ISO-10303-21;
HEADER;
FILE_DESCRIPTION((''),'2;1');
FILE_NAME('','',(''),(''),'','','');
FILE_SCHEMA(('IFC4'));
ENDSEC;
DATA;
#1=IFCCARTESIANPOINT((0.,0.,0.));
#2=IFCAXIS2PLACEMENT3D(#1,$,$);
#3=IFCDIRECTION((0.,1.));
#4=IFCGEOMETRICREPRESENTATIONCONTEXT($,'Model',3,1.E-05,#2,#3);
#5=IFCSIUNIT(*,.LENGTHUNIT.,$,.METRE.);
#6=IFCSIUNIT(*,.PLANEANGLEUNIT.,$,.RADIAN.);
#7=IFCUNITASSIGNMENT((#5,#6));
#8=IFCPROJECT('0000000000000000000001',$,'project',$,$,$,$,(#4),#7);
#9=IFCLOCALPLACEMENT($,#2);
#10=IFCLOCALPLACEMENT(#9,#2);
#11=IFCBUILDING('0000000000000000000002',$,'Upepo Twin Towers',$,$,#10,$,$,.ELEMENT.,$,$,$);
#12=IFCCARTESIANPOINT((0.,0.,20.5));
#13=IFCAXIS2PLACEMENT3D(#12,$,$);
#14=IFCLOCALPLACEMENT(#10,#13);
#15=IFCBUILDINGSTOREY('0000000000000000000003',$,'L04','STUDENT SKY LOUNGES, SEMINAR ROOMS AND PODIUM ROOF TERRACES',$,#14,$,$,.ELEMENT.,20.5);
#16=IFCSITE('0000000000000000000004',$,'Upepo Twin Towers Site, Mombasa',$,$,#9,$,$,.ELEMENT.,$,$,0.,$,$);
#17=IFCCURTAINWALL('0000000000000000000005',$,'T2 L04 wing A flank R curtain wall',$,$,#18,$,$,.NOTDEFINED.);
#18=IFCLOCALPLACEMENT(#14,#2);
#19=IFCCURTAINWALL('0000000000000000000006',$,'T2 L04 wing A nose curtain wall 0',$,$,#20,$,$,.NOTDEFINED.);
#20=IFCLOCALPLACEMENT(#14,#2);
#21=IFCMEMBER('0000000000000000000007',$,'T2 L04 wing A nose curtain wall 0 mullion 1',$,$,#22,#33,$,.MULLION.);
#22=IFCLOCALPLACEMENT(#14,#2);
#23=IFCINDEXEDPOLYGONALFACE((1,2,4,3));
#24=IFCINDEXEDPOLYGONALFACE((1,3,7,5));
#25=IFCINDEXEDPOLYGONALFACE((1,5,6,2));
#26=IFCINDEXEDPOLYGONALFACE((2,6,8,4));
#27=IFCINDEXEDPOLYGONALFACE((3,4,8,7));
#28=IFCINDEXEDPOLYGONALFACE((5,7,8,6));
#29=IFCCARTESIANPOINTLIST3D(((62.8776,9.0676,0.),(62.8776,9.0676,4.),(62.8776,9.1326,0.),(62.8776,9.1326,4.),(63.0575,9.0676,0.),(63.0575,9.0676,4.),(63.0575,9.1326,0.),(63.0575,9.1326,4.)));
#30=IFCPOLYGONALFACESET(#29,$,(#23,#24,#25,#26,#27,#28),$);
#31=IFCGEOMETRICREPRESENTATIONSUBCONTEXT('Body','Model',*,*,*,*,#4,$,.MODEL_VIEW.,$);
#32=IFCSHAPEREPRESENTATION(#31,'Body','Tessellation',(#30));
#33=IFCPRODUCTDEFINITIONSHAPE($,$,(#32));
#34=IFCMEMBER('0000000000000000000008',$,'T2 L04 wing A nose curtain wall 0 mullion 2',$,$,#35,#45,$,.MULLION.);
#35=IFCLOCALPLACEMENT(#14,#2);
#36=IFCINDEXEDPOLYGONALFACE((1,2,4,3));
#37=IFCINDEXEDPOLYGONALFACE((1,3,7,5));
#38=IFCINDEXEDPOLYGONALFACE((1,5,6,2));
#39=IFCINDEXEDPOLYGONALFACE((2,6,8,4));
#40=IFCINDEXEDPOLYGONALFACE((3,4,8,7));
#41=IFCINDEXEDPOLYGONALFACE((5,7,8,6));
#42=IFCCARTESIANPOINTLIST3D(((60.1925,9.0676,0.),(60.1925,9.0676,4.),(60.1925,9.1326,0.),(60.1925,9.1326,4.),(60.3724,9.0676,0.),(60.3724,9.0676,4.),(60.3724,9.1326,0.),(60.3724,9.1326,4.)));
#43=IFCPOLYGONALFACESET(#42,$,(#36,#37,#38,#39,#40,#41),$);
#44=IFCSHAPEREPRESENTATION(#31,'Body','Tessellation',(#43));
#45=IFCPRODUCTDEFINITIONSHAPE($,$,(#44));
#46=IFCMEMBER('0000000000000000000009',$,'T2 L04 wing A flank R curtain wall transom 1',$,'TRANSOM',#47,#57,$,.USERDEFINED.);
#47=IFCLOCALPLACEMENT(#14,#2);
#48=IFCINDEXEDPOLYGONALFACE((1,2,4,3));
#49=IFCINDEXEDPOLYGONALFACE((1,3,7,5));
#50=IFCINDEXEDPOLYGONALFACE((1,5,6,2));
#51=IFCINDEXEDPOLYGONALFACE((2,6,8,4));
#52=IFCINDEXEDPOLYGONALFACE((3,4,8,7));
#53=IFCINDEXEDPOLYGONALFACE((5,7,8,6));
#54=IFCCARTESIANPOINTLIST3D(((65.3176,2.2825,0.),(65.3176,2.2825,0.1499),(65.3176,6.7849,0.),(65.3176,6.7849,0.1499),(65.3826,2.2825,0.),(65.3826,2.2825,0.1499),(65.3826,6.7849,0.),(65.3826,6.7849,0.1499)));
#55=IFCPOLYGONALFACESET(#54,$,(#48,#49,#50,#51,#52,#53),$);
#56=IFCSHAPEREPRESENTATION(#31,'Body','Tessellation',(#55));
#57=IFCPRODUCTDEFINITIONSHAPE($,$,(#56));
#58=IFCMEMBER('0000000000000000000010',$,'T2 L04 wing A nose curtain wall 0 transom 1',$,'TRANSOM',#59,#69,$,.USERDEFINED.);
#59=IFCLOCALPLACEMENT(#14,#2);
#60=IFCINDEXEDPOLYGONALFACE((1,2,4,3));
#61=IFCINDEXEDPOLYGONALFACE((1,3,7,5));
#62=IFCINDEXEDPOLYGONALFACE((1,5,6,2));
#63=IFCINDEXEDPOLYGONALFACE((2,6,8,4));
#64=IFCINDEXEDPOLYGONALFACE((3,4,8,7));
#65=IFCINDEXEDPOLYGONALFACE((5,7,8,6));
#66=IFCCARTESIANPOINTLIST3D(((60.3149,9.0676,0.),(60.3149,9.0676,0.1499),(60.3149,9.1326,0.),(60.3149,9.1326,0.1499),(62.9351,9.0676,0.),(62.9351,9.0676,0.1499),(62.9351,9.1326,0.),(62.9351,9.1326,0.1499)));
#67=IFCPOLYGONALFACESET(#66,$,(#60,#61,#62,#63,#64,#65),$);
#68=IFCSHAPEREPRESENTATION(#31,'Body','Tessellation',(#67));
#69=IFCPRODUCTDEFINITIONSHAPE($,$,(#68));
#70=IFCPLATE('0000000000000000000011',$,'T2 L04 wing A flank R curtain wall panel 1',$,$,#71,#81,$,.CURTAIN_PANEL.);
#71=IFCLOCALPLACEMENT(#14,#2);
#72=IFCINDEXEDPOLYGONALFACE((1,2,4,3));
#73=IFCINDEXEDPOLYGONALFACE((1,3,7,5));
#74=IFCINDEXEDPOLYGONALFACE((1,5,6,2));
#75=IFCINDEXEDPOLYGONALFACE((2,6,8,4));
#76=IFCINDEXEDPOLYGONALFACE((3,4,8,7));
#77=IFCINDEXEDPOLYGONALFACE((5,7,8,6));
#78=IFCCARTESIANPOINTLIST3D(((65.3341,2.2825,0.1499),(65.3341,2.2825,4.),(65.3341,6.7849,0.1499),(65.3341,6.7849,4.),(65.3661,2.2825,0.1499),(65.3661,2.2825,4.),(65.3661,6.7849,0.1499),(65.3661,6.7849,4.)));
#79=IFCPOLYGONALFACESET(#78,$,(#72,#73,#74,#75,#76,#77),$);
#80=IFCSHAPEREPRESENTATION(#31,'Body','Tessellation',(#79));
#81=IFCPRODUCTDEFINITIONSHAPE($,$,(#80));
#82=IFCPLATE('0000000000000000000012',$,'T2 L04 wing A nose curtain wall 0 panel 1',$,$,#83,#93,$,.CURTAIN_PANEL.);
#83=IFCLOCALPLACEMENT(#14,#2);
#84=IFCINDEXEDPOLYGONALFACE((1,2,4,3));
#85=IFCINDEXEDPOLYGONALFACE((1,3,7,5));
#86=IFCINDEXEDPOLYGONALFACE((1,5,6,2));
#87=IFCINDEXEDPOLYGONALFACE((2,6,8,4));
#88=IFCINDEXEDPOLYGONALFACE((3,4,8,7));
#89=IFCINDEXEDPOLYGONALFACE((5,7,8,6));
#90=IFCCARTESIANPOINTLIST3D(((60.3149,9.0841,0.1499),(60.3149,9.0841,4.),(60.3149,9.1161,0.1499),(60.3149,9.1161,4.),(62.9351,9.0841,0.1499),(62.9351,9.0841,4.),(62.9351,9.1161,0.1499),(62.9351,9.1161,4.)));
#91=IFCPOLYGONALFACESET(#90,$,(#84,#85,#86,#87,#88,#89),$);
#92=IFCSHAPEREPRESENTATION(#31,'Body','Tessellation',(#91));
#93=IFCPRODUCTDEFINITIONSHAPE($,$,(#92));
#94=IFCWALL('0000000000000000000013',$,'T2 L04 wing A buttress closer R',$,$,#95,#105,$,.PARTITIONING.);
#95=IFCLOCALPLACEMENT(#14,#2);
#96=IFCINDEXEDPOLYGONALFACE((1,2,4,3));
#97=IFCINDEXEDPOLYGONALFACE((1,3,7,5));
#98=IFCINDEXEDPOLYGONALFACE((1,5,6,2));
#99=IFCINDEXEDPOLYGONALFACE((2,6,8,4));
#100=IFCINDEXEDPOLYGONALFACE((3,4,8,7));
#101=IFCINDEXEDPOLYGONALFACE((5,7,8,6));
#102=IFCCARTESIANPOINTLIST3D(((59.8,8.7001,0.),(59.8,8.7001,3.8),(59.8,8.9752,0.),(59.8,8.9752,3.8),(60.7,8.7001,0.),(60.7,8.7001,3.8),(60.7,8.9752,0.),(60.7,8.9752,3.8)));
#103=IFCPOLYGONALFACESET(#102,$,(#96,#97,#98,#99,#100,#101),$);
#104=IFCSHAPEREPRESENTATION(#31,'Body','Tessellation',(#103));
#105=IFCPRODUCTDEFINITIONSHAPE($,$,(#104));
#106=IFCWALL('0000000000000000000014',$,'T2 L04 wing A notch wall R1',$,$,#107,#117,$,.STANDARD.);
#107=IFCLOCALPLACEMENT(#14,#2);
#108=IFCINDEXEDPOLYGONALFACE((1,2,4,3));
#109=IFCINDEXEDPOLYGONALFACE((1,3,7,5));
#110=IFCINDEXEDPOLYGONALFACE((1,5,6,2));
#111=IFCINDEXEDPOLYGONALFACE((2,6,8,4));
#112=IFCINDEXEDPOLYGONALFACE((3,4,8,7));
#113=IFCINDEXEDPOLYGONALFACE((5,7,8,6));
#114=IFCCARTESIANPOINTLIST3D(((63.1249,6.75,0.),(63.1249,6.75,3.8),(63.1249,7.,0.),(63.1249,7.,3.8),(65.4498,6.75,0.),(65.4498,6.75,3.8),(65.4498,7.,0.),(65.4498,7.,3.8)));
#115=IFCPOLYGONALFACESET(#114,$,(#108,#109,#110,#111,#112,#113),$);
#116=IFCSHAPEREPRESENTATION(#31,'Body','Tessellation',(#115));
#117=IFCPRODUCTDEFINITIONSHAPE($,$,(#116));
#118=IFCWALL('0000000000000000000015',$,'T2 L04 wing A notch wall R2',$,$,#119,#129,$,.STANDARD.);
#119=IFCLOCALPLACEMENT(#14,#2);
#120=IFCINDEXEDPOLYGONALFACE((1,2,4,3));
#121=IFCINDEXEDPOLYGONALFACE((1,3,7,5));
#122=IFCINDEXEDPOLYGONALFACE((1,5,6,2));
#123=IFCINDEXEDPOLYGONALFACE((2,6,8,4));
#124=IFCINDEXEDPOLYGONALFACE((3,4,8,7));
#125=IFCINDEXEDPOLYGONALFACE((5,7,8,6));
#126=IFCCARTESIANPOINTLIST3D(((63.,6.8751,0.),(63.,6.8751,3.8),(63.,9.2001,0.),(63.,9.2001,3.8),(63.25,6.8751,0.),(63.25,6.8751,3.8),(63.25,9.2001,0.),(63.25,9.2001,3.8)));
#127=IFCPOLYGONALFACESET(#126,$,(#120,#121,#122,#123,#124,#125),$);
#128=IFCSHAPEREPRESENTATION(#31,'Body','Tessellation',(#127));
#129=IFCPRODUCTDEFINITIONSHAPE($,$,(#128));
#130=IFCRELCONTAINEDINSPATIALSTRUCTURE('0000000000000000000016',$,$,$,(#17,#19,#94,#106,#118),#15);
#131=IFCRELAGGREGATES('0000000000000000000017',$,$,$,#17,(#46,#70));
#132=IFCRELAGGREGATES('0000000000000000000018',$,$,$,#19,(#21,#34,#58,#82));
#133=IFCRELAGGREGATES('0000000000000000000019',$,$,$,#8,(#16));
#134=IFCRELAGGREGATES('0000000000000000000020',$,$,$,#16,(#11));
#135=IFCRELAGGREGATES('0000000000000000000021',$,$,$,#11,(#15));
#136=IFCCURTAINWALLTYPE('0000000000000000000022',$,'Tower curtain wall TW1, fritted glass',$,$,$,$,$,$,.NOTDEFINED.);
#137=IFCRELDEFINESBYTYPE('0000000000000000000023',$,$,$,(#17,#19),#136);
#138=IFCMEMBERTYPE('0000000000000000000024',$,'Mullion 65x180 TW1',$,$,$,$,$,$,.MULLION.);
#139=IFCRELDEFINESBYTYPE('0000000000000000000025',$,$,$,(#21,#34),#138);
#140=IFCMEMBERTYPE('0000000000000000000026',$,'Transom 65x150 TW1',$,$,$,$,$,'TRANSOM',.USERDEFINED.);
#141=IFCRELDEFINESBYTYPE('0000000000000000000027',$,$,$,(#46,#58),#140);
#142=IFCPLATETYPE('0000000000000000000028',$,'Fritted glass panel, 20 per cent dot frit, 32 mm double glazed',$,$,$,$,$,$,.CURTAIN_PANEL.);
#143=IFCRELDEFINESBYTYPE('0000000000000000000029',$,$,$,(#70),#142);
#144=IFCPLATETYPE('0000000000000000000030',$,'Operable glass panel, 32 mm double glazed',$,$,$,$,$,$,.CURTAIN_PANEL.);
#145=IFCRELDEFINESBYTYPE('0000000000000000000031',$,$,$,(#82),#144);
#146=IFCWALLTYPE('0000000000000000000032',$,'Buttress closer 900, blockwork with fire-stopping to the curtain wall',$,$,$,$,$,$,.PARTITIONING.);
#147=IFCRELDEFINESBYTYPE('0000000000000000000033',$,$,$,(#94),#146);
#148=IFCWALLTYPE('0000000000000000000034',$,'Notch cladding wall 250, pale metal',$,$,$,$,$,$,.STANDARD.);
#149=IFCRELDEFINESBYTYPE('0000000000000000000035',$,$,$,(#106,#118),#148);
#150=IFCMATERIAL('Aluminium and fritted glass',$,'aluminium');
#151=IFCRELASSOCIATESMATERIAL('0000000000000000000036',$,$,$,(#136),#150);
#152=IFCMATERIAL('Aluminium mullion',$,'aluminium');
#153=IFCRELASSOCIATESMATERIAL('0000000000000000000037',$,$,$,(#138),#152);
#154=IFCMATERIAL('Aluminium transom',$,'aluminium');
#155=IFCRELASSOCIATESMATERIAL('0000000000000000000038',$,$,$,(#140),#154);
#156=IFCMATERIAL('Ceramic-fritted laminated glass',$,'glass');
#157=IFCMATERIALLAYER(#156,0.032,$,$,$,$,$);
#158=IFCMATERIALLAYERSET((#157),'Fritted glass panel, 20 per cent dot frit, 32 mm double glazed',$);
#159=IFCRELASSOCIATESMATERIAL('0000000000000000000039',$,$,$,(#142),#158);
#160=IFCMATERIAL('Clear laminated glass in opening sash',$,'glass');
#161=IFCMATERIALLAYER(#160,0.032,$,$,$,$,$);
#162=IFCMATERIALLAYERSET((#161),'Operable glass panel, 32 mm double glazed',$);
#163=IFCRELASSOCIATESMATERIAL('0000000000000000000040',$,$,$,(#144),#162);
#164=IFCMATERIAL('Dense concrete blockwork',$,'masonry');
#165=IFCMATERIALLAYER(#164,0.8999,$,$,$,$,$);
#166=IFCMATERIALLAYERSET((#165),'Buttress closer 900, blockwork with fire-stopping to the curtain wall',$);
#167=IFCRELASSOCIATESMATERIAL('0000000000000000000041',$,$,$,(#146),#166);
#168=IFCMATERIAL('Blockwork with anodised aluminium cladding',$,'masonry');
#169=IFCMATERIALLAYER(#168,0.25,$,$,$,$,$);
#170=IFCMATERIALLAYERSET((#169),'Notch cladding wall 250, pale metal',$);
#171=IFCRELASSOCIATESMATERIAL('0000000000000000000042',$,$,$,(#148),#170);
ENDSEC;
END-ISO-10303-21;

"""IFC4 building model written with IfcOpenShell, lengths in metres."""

from ifc_helpers import new_model, si_unit, direction, frame, frame_2d, origin, origin_2d, place, context, subcontext, project, spatial, rectangle, extrude, material, layer, layer_set, material_profile, profile_set, type_object, element, aggregate, save


model = new_model("IFC4")

# Units and contexts
model_context = context("Model", 3, precision=1e-05, world=origin(), true_north=direction((0.0, 1.0)))
body_context = subcontext(model_context, "Body", "Model", "MODEL_VIEW")
ifc_project = project(units=[si_unit("LENGTHUNIT", "METRE"), si_unit("PLANEANGLEUNIT", "RADIAN")], contexts=[model_context])

# Site, building, storey
site_placement = place(None, origin())
site = spatial("IfcSite", under=ifc_project, at=site_placement, Name="Upepo Twin Towers Site, Mombasa", CompositionType="ELEMENT", RefElevation=0.0)
building_placement = place(site_placement, origin())
building = spatial("IfcBuilding", under=site, at=building_placement, Name="Upepo Twin Towers", CompositionType="ELEMENT")
storey_placement = place(building_placement, frame((0.0, 0.0, 20.5)))
storey = spatial("IfcBuildingStorey", under=building, at=storey_placement, Name="L04", Description="STUDENT SKY LOUNGES, SEMINAR ROOMS AND PODIUM ROOF TERRACES", CompositionType="ELEMENT", Elevation=20.5)

# Curtain wall
ifc_material_1 = material(Name="Aluminium and fritted glass", Category="aluminium")
curtain_wall_type = type_object("IfcCurtainWallType", Name="Tower curtain wall TW1, fritted glass", PredefinedType="NOTDEFINED", material=ifc_material_1)
curtain_wall_1_placement = place(storey_placement, origin())
curtain_wall_1 = element("IfcCurtainWall", 1, at=curtain_wall_1_placement, inside=storey, type_object=curtain_wall_type, Name="T2 L04 wing A flank R curtain wall", PredefinedType="NOTDEFINED")
ifc_material_2 = material(Name="Aluminium mullion", Category="aluminium")
ifc_material_profile_1 = material_profile(ifc_material_2, rectangle(XDim=0.0649, YDim=0.1799, at=origin_2d()), Name="MULLION 65x180")
ifc_profile_set_1 = profile_set([ifc_material_profile_1], Name="Aluminium mullion")
member_type_1 = type_object("IfcMemberType", Name="Mullion 65x180 TW1", PredefinedType="MULLION", material=ifc_profile_set_1)

# Curtain wall, members
curtain_wall_2_placement = place(storey_placement, origin())
curtain_wall_2 = element("IfcCurtainWall", 2, at=curtain_wall_2_placement, inside=storey, type_object=curtain_wall_type, Name="T2 L04 wing A nose curtain wall 0", PredefinedType="NOTDEFINED")
member_1_placement = place(storey_placement, frame((62.9675, 9.1001, 0.0), z_axis=(0.0, 0.0, 1.0), x_axis=(0.0, -1.0, 0.0)))
member_1 = element("IfcMember", 3, at=member_1_placement, type_object=member_type_1, Name="T2 L04 wing A nose curtain wall 0 mullion 1", PredefinedType="MULLION", context=body_context, shape_type="SweptSolid", body=[
    extrude(rectangle(XDim=0.0649, YDim=0.1799, at=origin_2d()), origin(), (0.0, 0.0, 1.0), 4.0),
])
member_2_placement = place(storey_placement, frame((60.2825, 9.1001, 0.0), z_axis=(0.0, 0.0, 1.0), x_axis=(0.0, -1.0, 0.0)))
member_2 = element("IfcMember", 4, at=member_2_placement, type_object=member_type_1, Name="T2 L04 wing A nose curtain wall 0 mullion 2", PredefinedType="MULLION", context=body_context, shape_type="SweptSolid", body=[
    extrude(rectangle(XDim=0.0649, YDim=0.1799, at=origin_2d()), origin(), (0.0, 0.0, 1.0), 4.0),
])

# Members
ifc_material_3 = material(Name="Aluminium transom", Category="aluminium")
ifc_material_profile_2 = material_profile(ifc_material_3, rectangle(XDim=0.0649, YDim=0.1499, at=origin_2d()), Name="TRANSOM 65x150")
ifc_profile_set_2 = profile_set([ifc_material_profile_2], Name="Aluminium transom")
member_type_2 = type_object("IfcMemberType", Name="Transom 65x150 TW1", ElementType="TRANSOM", PredefinedType="USERDEFINED", material=ifc_profile_set_2)
member_3_placement = place(storey_placement, frame((65.3501, 6.7849, 0.075), z_axis=(0.0, -1.0, 0.0), x_axis=(1.0, 0.0, 0.0)))
member_3 = element("IfcMember", 5, at=member_3_placement, type_object=member_type_2, Name="T2 L04 wing A flank R curtain wall transom 1", ObjectType="TRANSOM", PredefinedType="USERDEFINED", context=body_context, shape_type="SweptSolid", body=[
    extrude(rectangle(XDim=0.0649, YDim=0.1499, at=origin_2d()), origin(), (0.0, 0.0, 1.0), 4.5024),
])
member_4_placement = place(storey_placement, frame((62.9351, 9.1001, 0.075), z_axis=(-1.0, 0.0, 0.0), x_axis=(0.0, -1.0, 0.0)))
member_4 = element("IfcMember", 6, at=member_4_placement, type_object=member_type_2, Name="T2 L04 wing A nose curtain wall 0 transom 1", ObjectType="TRANSOM", PredefinedType="USERDEFINED", context=body_context, shape_type="SweptSolid", body=[
    extrude(rectangle(XDim=0.0649, YDim=0.1499, at=origin_2d()), origin(), (0.0, 0.0, 1.0), 2.6201),
])

# Plates
ifc_material_4 = material(Name="Ceramic-fritted laminated glass", Category="glass")
ifc_layer_1 = layer(ifc_material_4, 0.032)
ifc_layer_set_1 = layer_set([ifc_layer_1], Name="Fritted glass panel, 20 per cent dot frit, 32 mm double glazed")
plate_type_1 = type_object("IfcPlateType", Name="Fritted glass panel, 20 per cent dot frit, 32 mm double glazed", PredefinedType="CURTAIN_PANEL", material=ifc_layer_set_1)
plate_1_placement = place(storey_placement, frame((65.3501, 4.5337, 0.1499), z_axis=(0.0, 0.0, 1.0), x_axis=(0.0, -1.0, 0.0)))
plate_1 = element("IfcPlate", 7, at=plate_1_placement, type_object=plate_type_1, Name="T2 L04 wing A flank R curtain wall panel 1", PredefinedType="CURTAIN_PANEL", context=body_context, shape_type="SweptSolid", body=[
    extrude(rectangle(XDim=4.5024, YDim=0.032, at=origin_2d()), origin(), (0.0, 0.0, 1.0), 3.8501),
])
aggregate(curtain_wall_1, [member_3, plate_1])
ifc_material_5 = material(Name="Clear laminated glass in opening sash", Category="glass")
ifc_layer_2 = layer(ifc_material_5, 0.032)
ifc_layer_set_2 = layer_set([ifc_layer_2], Name="Operable glass panel, 32 mm double glazed")
plate_type_2 = type_object("IfcPlateType", Name="Operable glass panel, 32 mm double glazed", PredefinedType="CURTAIN_PANEL", material=ifc_layer_set_2)
plate_2_placement = place(storey_placement, frame((61.625, 9.1001, 0.1499), z_axis=(0.0, 0.0, 1.0), x_axis=(-1.0, 0.0, 0.0)))
plate_2 = element("IfcPlate", 8, at=plate_2_placement, type_object=plate_type_2, Name="T2 L04 wing A nose curtain wall 0 panel 1", PredefinedType="CURTAIN_PANEL", context=body_context, shape_type="SweptSolid", body=[
    extrude(rectangle(XDim=2.6201, YDim=0.032, at=origin_2d()), origin(), (0.0, 0.0, 1.0), 3.8501),
])
aggregate(curtain_wall_2, [member_1, member_2, member_4, plate_2])

# Walls
ifc_material_6 = material(Name="Dense concrete blockwork", Category="masonry")
ifc_layer_3 = layer(ifc_material_6, 0.8999)
ifc_layer_set_3 = layer_set([ifc_layer_3], Name="Buttress closer 900, blockwork with fire-stopping to the curtain wall")
wall_type_1 = type_object("IfcWallType", Name="Buttress closer 900, blockwork with fire-stopping to the curtain wall", PredefinedType="PARTITIONING", material=ifc_layer_set_3)
wall_1_placement = place(storey_placement, frame((60.25, 8.7, 0.0), z_axis=(0.0, 0.0, 1.0), x_axis=(0.0, 1.0, 0.0)))
element("IfcWall", 9, at=wall_1_placement, inside=storey, type_object=wall_type_1, Name="T2 L04 wing A buttress closer R", PredefinedType="PARTITIONING", context=body_context, shape_type="SweptSolid", body=[
    extrude(rectangle(XDim=0.2751, YDim=0.8999, at=frame_2d((0.1377, 0.0))), origin(), (0.0, 0.0, 1.0), 3.8),
])
ifc_material_7 = material(Name="Blockwork with anodised aluminium cladding", Category="masonry")
ifc_layer_4 = layer(ifc_material_7, 0.25)
ifc_layer_set_4 = layer_set([ifc_layer_4], Name="Notch cladding wall 250, pale metal")
wall_type_2 = type_object("IfcWallType", Name="Notch cladding wall 250, pale metal", PredefinedType="STANDARD", material=ifc_layer_set_4)
for number, where, z_axis, x_axis, name in (
    (10, (65.45, 6.875, 0.0), (0.0, 0.0, 1.0), (-1.0, 0.0, 0.0), "T2 L04 wing A notch wall R1"),
    (11, (63.125, 6.875, 0.0), (0.0, 0.0, 1.0), (0.0, 1.0, 0.0), "T2 L04 wing A notch wall R2"),
):
    element("IfcWall", number, at=place(storey_placement, frame(where, z_axis=z_axis, x_axis=x_axis)), inside=storey, type_object=wall_type_2, Name=name, PredefinedType="STANDARD", context=body_context, shape_type="SweptSolid", body=[
        extrude(rectangle(XDim=2.325, YDim=0.25, at=frame_2d((1.1626, 0.0))), origin(), (0.0, 0.0, 1.0), 3.8),
    ])

save(model, "model.ifc")
